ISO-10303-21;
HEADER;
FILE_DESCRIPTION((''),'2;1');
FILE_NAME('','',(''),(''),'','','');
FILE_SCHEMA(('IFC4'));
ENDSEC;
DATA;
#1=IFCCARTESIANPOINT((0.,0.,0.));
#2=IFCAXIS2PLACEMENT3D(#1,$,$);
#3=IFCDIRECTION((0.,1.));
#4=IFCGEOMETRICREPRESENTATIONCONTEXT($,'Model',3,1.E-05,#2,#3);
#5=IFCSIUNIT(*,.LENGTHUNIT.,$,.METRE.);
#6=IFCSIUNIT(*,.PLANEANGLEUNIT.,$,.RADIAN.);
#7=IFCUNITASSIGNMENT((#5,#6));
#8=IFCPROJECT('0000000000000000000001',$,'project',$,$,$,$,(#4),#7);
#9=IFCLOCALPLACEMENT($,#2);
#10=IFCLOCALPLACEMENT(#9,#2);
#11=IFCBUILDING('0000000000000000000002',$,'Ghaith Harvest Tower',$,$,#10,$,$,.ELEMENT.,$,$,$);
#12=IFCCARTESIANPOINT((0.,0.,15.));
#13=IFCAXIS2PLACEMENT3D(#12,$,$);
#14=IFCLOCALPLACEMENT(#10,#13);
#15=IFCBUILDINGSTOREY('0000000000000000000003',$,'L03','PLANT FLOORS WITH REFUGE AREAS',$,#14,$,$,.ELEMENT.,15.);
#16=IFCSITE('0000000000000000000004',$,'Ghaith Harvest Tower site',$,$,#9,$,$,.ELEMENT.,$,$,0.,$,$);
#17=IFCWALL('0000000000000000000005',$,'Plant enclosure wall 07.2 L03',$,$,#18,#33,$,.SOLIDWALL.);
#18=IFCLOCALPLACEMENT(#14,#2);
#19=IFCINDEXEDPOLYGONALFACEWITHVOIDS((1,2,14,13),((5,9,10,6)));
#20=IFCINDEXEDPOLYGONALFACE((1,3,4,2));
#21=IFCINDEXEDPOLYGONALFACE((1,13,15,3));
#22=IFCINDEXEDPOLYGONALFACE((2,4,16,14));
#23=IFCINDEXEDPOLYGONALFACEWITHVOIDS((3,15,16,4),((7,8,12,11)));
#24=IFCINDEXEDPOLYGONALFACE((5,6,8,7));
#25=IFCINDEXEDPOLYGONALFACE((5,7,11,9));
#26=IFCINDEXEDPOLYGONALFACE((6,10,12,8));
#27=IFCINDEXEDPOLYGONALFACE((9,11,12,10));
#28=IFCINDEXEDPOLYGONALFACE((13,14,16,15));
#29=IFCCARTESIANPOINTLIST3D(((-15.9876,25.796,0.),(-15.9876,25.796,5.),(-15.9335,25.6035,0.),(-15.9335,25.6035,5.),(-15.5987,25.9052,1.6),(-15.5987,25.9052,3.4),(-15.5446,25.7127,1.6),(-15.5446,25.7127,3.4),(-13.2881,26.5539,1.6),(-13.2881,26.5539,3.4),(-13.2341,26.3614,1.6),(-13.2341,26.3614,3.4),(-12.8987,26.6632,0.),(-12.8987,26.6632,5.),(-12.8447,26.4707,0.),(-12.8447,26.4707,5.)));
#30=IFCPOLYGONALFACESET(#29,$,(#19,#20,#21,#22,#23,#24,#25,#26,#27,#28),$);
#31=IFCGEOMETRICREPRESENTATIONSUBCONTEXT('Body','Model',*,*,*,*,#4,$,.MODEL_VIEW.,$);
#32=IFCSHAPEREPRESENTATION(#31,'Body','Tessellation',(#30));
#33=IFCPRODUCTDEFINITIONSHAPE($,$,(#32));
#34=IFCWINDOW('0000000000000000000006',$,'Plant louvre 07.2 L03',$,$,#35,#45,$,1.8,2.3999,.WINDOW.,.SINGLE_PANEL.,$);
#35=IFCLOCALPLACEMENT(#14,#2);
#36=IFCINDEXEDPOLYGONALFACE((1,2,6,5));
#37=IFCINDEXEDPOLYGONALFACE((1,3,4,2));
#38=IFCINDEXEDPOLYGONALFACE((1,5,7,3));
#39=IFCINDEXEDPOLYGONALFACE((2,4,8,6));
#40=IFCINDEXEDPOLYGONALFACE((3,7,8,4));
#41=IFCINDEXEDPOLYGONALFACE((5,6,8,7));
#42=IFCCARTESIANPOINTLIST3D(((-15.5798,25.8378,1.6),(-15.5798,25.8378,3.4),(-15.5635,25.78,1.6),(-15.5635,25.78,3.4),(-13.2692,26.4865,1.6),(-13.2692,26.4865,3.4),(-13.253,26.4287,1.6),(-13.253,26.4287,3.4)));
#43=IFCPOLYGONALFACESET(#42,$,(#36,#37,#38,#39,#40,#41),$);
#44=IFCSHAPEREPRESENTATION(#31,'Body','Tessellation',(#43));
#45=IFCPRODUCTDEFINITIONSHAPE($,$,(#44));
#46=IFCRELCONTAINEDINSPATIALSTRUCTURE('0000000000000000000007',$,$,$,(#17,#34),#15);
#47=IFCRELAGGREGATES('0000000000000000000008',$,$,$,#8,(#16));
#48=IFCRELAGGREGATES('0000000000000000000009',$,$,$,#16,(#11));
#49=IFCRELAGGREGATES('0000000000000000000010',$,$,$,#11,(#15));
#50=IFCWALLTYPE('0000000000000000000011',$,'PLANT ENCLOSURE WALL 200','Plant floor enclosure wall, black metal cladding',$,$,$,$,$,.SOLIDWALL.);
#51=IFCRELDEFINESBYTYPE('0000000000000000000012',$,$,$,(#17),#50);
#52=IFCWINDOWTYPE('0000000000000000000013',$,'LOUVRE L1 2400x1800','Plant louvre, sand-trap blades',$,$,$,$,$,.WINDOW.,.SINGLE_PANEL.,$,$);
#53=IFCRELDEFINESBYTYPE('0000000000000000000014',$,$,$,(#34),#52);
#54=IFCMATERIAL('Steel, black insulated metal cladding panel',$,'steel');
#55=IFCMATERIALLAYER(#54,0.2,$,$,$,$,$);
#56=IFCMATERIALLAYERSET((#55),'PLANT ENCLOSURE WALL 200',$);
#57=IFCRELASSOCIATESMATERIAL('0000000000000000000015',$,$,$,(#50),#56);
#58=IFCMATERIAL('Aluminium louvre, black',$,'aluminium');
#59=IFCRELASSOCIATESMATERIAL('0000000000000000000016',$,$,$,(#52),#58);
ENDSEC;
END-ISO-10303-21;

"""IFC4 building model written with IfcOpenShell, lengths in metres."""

from ifc_helpers import new_model, si_unit, direction, frame, frame_2d, origin, place, context, subcontext, project, spatial, rectangle, extrude, material, layer, layer_set, type_object, element, fill, save


model = new_model("IFC4")

# Units and contexts
model_context = context("Model", 3, precision=1e-05, world=origin(), true_north=direction((0.0, 1.0)))
body_context = subcontext(model_context, "Body", "Model", "MODEL_VIEW")
ifc_project = project(units=[si_unit("LENGTHUNIT", "METRE"), si_unit("PLANEANGLEUNIT", "RADIAN")], contexts=[model_context])

# Site, building, storey
site_placement = place(None, origin())
site = spatial("IfcSite", under=ifc_project, at=site_placement, Name="Ghaith Harvest Tower site", CompositionType="ELEMENT", RefElevation=0.0)
building_placement = place(site_placement, origin())
building = spatial("IfcBuilding", under=site, at=building_placement, Name="Ghaith Harvest Tower", CompositionType="ELEMENT")
storey_placement = place(building_placement, frame((0.0, 0.0, 15.0)))
storey = spatial("IfcBuildingStorey", under=building, at=storey_placement, Name="L03", Description="PLANT FLOORS WITH REFUGE AREAS", CompositionType="ELEMENT", Elevation=15.0)

# Shared definitions
ifc_material_1 = material(Name="Steel, black insulated metal cladding panel", Category="steel")
ifc_layer_1 = layer(ifc_material_1, 0.2)
ifc_layer_set_1 = layer_set([ifc_layer_1], Name="PLANT ENCLOSURE WALL 200")
wall_type_1 = type_object("IfcWallType", Name="PLANT ENCLOSURE WALL 200", Description="Plant floor enclosure wall, black metal cladding", PredefinedType="SOLIDWALL", material=ifc_layer_set_1)

# Shared definitions
ifc_material_2 = material(Name="Aluminium louvre, black", Category="aluminium")
window_type = type_object("IfcWindowType", Name="LOUVRE L1 2400x1800", Description="Plant louvre, sand-trap blades", PartitioningType="SINGLE_PANEL", PredefinedType="WINDOW", material=ifc_material_2)

# Wall, opening, window
wall_1_placement = place(storey_placement, frame((-12.8718, 26.5669, 0.0), z_axis=(0.0, 0.0, 1.0), x_axis=(-0.962777, -0.270296, 0.0)))
wall_1 = element("IfcWall", 1, at=wall_1_placement, inside=storey, type_object=wall_type_1, Name="Plant enclosure wall 07.2 L03", PredefinedType="SOLIDWALL", context=body_context, shape_type="SweptSolid", body=[
    extrude(rectangle(XDim=3.2083, YDim=0.2, at=frame_2d((1.604, 0.0))), origin(), (0.0, 0.0, 1.0), 5.0),
])
opening_1_placement = place(wall_1_placement, frame((0.4043, 0.0, 1.6001)))
opening_1 = element("IfcOpeningElement", 2, at=opening_1_placement, cuts=wall_1, PredefinedType="OPENING", context=body_context, shape_type="SweptSolid", body=[
    extrude(rectangle(XDim=2.3999, YDim=1.8, at=frame_2d((1.2, 0.8999))), frame((0.0, 0.1099, 0.0), z_axis=(0.0, -1.0, 0.0), x_axis=(1.0, 0.0, 0.0)), (0.0, 0.0, 1.0), 0.22),
])
window_1_placement = place(opening_1_placement, origin())
window_1 = element("IfcWindow", 3, at=window_1_placement, inside=storey, type_object=window_type, Name="Plant louvre 07.2 L03", OverallHeight=1.8, OverallWidth=2.3999, PartitioningType="SINGLE_PANEL", PredefinedType="WINDOW", context=body_context, shape_type="SweptSolid", body=[
    extrude(rectangle(XDim=2.3999, YDim=1.8, at=frame_2d((1.2, 0.8999))), frame((0.0, 0.03, 0.0), z_axis=(0.0, -1.0, 0.0), x_axis=(1.0, 0.0, 0.0)), (0.0, 0.0, 1.0), 0.0601),
])
fill(opening_1, window_1)

save(model, "model.ifc")
